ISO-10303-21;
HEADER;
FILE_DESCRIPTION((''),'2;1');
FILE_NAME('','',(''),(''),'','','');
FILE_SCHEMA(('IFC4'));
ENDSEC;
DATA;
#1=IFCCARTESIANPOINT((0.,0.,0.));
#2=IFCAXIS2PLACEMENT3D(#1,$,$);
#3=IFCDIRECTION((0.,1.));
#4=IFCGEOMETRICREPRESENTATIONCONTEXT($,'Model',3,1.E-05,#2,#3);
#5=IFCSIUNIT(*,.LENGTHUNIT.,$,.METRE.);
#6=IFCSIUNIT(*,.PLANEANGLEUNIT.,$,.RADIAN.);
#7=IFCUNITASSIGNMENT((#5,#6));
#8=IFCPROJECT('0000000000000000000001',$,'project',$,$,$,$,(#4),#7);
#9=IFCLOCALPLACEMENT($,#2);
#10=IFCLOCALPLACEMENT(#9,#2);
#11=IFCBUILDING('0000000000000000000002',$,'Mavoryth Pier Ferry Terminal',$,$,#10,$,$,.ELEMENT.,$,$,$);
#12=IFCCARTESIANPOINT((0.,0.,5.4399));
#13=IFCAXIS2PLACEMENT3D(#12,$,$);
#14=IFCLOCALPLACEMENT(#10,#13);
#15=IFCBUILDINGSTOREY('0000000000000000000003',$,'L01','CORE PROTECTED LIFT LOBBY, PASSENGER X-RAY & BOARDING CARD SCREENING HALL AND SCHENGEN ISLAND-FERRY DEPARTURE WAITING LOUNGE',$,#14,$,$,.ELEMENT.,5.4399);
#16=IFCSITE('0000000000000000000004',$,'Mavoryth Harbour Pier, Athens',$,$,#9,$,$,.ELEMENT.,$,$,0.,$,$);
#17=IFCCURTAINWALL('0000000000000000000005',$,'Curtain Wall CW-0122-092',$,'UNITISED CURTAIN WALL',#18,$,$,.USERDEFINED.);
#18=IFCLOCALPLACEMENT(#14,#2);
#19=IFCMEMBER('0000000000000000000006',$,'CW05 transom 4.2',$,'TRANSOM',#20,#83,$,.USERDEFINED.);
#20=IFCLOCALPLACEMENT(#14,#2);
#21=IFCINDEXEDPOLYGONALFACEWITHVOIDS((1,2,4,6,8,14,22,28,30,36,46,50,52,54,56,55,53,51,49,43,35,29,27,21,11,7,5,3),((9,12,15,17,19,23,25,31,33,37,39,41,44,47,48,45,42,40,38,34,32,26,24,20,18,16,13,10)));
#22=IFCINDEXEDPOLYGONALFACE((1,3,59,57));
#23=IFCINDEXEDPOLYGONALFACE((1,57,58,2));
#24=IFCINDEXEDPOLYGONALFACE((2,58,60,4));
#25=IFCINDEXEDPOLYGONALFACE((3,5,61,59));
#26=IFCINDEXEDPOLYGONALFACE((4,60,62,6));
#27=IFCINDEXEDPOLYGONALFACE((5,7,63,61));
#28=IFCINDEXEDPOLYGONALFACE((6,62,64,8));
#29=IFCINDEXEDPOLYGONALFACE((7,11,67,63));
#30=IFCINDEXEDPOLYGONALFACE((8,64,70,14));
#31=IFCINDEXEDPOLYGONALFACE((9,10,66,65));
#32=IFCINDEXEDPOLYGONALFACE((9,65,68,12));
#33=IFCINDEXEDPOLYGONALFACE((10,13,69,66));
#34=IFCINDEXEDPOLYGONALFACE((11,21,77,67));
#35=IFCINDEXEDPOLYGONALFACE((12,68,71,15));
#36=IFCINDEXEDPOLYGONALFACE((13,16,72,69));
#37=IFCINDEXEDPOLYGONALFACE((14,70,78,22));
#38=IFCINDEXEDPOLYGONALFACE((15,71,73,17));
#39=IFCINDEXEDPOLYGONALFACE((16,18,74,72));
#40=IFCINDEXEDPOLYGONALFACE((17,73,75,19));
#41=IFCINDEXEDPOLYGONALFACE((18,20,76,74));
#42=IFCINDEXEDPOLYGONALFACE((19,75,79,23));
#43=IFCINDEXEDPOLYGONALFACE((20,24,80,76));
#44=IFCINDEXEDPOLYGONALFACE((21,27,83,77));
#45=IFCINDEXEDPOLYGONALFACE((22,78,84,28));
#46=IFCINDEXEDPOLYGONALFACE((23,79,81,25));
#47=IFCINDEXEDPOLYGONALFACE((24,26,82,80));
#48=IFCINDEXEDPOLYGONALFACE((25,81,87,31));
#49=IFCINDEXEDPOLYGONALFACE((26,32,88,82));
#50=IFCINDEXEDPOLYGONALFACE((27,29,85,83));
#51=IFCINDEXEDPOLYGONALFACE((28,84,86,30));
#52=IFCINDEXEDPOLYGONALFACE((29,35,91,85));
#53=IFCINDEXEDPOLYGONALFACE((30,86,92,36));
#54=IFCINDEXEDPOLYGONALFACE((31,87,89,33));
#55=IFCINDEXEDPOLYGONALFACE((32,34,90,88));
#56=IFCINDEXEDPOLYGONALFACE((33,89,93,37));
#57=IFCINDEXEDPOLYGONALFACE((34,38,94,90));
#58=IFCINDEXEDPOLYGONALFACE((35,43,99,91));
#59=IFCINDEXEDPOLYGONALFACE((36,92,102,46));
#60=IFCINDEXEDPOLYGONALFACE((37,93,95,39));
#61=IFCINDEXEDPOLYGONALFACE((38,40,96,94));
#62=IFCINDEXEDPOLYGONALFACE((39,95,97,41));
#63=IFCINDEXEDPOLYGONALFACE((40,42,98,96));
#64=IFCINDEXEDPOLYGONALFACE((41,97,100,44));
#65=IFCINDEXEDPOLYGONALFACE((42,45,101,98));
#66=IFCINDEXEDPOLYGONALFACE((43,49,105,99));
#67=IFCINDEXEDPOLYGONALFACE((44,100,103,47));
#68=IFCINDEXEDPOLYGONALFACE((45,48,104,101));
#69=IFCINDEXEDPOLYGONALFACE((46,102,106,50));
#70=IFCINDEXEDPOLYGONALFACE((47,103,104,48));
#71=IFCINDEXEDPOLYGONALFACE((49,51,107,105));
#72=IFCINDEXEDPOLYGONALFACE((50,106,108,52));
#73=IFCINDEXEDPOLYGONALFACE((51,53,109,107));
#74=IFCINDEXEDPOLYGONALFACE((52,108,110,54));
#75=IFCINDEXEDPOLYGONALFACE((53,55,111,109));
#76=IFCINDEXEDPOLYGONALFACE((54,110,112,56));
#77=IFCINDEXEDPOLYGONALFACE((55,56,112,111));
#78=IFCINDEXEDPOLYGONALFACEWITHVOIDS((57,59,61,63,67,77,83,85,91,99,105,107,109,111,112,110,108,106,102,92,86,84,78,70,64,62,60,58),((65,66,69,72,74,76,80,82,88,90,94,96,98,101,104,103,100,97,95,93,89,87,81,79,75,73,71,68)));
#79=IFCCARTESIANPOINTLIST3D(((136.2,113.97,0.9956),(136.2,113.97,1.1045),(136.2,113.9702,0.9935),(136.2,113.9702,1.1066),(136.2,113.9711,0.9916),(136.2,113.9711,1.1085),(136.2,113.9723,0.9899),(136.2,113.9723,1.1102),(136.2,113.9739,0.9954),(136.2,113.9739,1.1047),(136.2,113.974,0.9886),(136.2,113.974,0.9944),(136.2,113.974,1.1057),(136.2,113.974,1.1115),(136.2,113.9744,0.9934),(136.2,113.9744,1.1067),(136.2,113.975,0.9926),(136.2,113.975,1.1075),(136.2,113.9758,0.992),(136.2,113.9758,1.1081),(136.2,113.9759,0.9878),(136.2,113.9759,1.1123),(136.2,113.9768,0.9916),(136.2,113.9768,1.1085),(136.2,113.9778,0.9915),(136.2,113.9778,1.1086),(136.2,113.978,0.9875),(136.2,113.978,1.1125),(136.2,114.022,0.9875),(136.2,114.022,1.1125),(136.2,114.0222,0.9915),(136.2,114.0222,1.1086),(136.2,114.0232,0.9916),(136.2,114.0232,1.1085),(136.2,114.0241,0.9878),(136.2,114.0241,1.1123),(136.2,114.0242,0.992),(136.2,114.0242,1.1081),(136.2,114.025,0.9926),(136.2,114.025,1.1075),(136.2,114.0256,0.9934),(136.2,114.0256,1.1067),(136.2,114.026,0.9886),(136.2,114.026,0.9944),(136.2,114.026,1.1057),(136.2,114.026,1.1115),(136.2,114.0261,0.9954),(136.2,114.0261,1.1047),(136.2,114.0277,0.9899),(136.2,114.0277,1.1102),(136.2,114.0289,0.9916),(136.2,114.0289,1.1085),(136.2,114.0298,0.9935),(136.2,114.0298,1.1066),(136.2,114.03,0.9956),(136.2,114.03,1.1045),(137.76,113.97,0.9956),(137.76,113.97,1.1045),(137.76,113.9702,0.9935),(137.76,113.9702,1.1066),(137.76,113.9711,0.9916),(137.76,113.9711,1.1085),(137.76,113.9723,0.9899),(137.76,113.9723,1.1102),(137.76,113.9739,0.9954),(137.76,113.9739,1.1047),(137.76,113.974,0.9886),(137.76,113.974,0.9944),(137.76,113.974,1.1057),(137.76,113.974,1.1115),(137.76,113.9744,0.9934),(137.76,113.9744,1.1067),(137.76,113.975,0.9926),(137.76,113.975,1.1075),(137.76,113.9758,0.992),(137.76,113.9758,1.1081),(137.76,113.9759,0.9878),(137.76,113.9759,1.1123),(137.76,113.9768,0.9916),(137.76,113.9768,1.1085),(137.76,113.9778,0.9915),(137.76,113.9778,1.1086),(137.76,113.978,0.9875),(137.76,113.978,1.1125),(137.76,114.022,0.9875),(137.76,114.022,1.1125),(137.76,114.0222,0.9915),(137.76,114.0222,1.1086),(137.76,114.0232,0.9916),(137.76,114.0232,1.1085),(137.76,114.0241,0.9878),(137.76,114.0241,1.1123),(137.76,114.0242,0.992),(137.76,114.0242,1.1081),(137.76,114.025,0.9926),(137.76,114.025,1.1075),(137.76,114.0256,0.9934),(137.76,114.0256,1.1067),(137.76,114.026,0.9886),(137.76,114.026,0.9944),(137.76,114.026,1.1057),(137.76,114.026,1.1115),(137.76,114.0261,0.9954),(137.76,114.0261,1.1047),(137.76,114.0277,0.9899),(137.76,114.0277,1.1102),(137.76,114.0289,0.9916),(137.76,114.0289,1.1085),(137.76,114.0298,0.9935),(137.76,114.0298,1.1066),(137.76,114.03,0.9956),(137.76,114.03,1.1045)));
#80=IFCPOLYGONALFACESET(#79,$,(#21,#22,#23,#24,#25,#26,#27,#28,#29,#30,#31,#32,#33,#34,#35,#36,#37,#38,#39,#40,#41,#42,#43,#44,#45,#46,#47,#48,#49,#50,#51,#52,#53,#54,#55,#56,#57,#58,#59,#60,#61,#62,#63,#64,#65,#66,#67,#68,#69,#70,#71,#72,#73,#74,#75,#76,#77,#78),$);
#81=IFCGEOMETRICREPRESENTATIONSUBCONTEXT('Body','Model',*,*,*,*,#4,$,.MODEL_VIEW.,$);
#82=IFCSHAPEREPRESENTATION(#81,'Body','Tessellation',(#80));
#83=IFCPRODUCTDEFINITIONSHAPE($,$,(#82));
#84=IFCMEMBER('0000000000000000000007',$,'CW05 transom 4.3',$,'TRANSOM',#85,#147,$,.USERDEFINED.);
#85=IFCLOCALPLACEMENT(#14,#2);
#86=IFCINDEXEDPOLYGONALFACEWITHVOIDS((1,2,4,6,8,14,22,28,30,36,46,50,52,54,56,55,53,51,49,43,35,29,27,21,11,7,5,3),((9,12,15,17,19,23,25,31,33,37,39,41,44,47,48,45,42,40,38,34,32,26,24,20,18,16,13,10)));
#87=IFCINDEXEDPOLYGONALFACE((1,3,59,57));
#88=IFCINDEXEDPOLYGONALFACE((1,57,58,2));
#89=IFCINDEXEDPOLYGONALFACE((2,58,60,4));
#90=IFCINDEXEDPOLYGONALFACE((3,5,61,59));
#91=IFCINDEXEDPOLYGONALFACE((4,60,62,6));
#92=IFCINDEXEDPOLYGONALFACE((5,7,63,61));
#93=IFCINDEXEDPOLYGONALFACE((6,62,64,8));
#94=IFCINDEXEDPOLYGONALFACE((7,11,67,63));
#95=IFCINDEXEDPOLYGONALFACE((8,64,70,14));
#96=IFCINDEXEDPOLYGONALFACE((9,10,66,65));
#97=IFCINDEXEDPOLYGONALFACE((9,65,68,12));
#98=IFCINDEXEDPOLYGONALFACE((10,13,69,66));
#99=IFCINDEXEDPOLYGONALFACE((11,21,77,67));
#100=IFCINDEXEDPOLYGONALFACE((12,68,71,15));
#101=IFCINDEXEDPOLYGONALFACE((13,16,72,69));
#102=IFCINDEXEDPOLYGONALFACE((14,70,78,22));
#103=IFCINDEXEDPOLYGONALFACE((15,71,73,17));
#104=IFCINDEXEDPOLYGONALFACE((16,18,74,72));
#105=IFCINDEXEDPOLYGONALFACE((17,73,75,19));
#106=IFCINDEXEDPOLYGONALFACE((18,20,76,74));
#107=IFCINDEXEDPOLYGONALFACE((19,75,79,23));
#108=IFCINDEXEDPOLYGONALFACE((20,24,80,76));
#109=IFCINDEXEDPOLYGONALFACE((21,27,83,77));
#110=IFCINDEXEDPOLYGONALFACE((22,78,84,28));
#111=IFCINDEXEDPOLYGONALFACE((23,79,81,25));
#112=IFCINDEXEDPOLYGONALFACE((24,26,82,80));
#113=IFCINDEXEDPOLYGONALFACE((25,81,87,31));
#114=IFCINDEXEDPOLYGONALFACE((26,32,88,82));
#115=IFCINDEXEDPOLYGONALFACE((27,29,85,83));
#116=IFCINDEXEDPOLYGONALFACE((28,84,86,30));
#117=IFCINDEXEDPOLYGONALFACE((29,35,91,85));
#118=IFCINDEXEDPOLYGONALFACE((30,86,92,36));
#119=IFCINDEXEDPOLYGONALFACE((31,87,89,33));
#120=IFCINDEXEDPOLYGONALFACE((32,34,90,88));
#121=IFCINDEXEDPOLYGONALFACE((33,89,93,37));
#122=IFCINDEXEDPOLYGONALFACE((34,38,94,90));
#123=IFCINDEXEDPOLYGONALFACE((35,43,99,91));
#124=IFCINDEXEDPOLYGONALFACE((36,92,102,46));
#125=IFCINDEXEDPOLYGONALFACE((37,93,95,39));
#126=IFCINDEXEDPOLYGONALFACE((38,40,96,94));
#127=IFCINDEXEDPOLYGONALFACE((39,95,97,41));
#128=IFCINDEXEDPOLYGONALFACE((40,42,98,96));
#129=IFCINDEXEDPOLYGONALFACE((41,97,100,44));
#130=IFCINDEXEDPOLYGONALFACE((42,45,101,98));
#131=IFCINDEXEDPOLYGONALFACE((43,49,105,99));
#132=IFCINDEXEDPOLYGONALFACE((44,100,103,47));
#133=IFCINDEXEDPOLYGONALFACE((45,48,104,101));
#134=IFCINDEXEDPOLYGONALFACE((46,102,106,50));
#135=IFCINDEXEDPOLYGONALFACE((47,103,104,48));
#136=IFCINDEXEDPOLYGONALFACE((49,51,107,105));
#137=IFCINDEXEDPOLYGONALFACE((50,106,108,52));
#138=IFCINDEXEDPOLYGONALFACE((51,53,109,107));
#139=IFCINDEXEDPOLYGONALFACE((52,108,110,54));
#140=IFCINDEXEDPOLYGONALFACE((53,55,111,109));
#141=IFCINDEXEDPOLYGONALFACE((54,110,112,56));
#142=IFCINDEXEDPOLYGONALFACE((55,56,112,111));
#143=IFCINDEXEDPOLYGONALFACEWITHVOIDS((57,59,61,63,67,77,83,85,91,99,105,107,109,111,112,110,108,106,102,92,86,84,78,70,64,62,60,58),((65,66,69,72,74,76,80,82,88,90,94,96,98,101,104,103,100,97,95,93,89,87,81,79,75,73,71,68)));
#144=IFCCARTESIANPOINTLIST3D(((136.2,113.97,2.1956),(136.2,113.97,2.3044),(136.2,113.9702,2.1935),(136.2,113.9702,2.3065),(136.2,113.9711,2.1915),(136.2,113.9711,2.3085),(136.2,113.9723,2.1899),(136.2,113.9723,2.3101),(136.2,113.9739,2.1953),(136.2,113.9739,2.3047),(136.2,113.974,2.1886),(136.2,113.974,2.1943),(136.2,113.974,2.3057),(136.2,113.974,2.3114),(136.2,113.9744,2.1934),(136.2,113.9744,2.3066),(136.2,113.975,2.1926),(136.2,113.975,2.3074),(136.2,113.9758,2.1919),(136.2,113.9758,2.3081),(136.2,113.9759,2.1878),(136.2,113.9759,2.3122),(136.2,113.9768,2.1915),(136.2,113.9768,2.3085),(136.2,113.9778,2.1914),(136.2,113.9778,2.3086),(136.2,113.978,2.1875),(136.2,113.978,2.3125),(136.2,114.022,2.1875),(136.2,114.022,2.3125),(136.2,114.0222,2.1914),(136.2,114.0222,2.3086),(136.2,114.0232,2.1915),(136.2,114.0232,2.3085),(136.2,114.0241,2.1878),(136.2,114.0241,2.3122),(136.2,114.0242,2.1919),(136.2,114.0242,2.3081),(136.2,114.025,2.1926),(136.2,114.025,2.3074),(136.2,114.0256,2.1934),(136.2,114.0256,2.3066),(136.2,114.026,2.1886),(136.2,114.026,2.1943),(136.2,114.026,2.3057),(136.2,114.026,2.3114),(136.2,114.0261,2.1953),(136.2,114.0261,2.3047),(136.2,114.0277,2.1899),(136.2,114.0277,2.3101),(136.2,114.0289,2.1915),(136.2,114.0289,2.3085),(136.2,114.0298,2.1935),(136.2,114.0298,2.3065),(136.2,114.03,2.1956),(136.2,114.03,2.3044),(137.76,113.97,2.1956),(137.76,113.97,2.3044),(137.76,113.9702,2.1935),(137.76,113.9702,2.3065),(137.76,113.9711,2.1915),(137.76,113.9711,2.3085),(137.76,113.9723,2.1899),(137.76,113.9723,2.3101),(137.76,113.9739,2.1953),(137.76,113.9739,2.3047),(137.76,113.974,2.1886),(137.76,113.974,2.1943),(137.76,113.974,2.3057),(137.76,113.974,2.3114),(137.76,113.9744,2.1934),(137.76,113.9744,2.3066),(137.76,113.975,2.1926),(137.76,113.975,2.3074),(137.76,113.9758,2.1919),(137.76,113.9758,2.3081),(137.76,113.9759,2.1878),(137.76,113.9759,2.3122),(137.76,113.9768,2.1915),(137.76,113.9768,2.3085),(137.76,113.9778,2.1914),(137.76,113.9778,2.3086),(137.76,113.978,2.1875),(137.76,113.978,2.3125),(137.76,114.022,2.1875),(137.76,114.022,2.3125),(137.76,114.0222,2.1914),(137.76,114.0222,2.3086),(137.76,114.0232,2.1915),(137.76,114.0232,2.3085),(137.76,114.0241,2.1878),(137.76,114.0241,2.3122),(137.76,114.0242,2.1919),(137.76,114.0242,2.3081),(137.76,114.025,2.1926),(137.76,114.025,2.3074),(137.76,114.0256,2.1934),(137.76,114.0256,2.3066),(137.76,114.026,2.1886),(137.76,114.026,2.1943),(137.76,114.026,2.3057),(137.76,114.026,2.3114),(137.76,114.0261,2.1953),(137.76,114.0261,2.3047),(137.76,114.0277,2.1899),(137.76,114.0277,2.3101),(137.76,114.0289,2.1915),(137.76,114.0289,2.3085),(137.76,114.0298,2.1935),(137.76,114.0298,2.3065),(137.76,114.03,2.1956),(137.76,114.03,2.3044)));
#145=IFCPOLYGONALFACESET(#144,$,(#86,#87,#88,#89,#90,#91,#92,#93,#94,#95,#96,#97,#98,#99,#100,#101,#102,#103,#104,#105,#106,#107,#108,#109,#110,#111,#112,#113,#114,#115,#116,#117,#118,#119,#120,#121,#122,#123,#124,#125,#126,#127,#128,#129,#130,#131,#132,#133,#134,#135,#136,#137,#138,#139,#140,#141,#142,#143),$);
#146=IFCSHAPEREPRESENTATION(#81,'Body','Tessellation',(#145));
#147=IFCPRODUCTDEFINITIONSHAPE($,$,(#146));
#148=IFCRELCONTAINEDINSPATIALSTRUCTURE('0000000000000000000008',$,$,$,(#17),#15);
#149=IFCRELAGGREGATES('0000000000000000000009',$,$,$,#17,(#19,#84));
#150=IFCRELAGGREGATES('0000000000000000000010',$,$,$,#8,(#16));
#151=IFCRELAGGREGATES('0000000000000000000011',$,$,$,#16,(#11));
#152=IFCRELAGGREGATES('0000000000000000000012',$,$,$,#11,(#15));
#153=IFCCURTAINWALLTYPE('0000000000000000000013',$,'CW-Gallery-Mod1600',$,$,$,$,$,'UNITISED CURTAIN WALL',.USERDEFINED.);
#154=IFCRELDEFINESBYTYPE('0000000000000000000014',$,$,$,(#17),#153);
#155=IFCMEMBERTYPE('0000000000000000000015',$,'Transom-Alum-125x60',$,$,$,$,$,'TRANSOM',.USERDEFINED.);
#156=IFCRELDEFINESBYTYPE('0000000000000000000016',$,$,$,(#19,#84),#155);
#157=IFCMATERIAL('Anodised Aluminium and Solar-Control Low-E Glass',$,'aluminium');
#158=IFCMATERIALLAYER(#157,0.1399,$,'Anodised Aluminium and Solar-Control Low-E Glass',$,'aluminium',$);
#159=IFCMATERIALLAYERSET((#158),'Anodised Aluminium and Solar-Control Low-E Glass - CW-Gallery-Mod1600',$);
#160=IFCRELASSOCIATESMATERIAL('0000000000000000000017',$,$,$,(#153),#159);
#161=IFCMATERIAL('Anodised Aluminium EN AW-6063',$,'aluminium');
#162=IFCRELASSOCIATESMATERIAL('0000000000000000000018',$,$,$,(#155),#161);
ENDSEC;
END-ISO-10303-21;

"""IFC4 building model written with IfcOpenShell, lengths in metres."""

from ifc_helpers import new_model, si_unit, direction, frame, origin, origin_2d, place, context, subcontext, project, spatial, hollow_rectangle, extrude, material, layer, layer_set, material_profile, profile_set, type_object, element, aggregate, save


model = new_model("IFC4")

# Units and contexts
model_context = context("Model", 3, precision=1e-05, world=origin(), true_north=direction((0.0, 1.0)))
body_context = subcontext(model_context, "Body", "Model", "MODEL_VIEW")
ifc_project = project(units=[si_unit("LENGTHUNIT", "METRE"), si_unit("PLANEANGLEUNIT", "RADIAN")], contexts=[model_context])

# Site, building, storey
site_placement = place(None, origin())
site = spatial("IfcSite", under=ifc_project, at=site_placement, Name="Mavoryth Harbour Pier, Athens", CompositionType="ELEMENT", RefElevation=0.0)
building_placement = place(site_placement, origin())
building = spatial("IfcBuilding", under=site, at=building_placement, Name="Mavoryth Pier Ferry Terminal", CompositionType="ELEMENT")
storey_placement = place(building_placement, frame((0.0, 0.0, 5.4399)))
storey = spatial("IfcBuildingStorey", under=building, at=storey_placement, Name="L01", Description="CORE PROTECTED LIFT LOBBY, PASSENGER X-RAY & BOARDING CARD SCREENING HALL AND SCHENGEN ISLAND-FERRY DEPARTURE WAITING LOUNGE", CompositionType="ELEMENT", Elevation=5.4399)

# Curtain wall, members
ifc_material_1 = material(Name="Anodised Aluminium and Solar-Control Low-E Glass", Category="aluminium")
ifc_layer_1 = layer(ifc_material_1, 0.1399, Name="Anodised Aluminium and Solar-Control Low-E Glass", Category="aluminium")
ifc_layer_set_1 = layer_set([ifc_layer_1], Name="Anodised Aluminium and Solar-Control Low-E Glass - CW-Gallery-Mod1600")
curtain_wall_type = type_object("IfcCurtainWallType", Name="CW-Gallery-Mod1600", ElementType="UNITISED CURTAIN WALL", PredefinedType="USERDEFINED", material=ifc_layer_set_1)
curtain_wall_placement = place(storey_placement, origin())
curtain_wall = element("IfcCurtainWall", 1, at=curtain_wall_placement, inside=storey, type_object=curtain_wall_type, Name="Curtain Wall CW-0122-092", ObjectType="UNITISED CURTAIN WALL", PredefinedType="USERDEFINED")
ifc_material_2 = material(Name="Anodised Aluminium EN AW-6063", Category="aluminium")
ifc_material_profile_1 = material_profile(ifc_material_2, hollow_rectangle(XDim=0.0601, YDim=0.125, WallThickness=0.0039, InnerFilletRadius=0.0039, OuterFilletRadius=0.0081, at=origin_2d()), Name="AL-TRAN 125x60x4", Category="aluminium")
ifc_profile_set_1 = profile_set([ifc_material_profile_1], Name="Anodised Aluminium EN AW-6063 - AL-TRAN 125x60x4")
member_type_1 = type_object("IfcMemberType", Name="Transom-Alum-125x60", ElementType="TRANSOM", PredefinedType="USERDEFINED", material=ifc_profile_set_1)
member_1_placement = place(storey_placement, frame((137.76, 114.0, 1.05), z_axis=(-1.0, 0.0, 0.0), x_axis=(0.0, -1.0, 0.0)))
member_1 = element("IfcMember", 2, at=member_1_placement, type_object=member_type_1, Name="CW05 transom 4.2", ObjectType="TRANSOM", PredefinedType="USERDEFINED", context=body_context, shape_type="SweptSolid", body=[
    extrude(hollow_rectangle(XDim=0.0601, YDim=0.125, WallThickness=0.0039, InnerFilletRadius=0.0039, OuterFilletRadius=0.0081, at=origin_2d()), origin(), (0.0, 0.0, 1.0), 1.5601),
])
member_2_placement = place(storey_placement, frame((137.76, 114.0, 2.25), z_axis=(-1.0, 0.0, 0.0), x_axis=(0.0, -1.0, 0.0)))
member_2 = element("IfcMember", 3, at=member_2_placement, type_object=member_type_1, Name="CW05 transom 4.3", ObjectType="TRANSOM", PredefinedType="USERDEFINED", context=body_context, shape_type="SweptSolid", body=[
    extrude(hollow_rectangle(XDim=0.0601, YDim=0.125, WallThickness=0.0039, InnerFilletRadius=0.0039, OuterFilletRadius=0.0081, at=origin_2d()), origin(), (0.0, 0.0, 1.0), 1.5601),
])
aggregate(curtain_wall, [member_1, member_2])

save(model, "model.ifc")
